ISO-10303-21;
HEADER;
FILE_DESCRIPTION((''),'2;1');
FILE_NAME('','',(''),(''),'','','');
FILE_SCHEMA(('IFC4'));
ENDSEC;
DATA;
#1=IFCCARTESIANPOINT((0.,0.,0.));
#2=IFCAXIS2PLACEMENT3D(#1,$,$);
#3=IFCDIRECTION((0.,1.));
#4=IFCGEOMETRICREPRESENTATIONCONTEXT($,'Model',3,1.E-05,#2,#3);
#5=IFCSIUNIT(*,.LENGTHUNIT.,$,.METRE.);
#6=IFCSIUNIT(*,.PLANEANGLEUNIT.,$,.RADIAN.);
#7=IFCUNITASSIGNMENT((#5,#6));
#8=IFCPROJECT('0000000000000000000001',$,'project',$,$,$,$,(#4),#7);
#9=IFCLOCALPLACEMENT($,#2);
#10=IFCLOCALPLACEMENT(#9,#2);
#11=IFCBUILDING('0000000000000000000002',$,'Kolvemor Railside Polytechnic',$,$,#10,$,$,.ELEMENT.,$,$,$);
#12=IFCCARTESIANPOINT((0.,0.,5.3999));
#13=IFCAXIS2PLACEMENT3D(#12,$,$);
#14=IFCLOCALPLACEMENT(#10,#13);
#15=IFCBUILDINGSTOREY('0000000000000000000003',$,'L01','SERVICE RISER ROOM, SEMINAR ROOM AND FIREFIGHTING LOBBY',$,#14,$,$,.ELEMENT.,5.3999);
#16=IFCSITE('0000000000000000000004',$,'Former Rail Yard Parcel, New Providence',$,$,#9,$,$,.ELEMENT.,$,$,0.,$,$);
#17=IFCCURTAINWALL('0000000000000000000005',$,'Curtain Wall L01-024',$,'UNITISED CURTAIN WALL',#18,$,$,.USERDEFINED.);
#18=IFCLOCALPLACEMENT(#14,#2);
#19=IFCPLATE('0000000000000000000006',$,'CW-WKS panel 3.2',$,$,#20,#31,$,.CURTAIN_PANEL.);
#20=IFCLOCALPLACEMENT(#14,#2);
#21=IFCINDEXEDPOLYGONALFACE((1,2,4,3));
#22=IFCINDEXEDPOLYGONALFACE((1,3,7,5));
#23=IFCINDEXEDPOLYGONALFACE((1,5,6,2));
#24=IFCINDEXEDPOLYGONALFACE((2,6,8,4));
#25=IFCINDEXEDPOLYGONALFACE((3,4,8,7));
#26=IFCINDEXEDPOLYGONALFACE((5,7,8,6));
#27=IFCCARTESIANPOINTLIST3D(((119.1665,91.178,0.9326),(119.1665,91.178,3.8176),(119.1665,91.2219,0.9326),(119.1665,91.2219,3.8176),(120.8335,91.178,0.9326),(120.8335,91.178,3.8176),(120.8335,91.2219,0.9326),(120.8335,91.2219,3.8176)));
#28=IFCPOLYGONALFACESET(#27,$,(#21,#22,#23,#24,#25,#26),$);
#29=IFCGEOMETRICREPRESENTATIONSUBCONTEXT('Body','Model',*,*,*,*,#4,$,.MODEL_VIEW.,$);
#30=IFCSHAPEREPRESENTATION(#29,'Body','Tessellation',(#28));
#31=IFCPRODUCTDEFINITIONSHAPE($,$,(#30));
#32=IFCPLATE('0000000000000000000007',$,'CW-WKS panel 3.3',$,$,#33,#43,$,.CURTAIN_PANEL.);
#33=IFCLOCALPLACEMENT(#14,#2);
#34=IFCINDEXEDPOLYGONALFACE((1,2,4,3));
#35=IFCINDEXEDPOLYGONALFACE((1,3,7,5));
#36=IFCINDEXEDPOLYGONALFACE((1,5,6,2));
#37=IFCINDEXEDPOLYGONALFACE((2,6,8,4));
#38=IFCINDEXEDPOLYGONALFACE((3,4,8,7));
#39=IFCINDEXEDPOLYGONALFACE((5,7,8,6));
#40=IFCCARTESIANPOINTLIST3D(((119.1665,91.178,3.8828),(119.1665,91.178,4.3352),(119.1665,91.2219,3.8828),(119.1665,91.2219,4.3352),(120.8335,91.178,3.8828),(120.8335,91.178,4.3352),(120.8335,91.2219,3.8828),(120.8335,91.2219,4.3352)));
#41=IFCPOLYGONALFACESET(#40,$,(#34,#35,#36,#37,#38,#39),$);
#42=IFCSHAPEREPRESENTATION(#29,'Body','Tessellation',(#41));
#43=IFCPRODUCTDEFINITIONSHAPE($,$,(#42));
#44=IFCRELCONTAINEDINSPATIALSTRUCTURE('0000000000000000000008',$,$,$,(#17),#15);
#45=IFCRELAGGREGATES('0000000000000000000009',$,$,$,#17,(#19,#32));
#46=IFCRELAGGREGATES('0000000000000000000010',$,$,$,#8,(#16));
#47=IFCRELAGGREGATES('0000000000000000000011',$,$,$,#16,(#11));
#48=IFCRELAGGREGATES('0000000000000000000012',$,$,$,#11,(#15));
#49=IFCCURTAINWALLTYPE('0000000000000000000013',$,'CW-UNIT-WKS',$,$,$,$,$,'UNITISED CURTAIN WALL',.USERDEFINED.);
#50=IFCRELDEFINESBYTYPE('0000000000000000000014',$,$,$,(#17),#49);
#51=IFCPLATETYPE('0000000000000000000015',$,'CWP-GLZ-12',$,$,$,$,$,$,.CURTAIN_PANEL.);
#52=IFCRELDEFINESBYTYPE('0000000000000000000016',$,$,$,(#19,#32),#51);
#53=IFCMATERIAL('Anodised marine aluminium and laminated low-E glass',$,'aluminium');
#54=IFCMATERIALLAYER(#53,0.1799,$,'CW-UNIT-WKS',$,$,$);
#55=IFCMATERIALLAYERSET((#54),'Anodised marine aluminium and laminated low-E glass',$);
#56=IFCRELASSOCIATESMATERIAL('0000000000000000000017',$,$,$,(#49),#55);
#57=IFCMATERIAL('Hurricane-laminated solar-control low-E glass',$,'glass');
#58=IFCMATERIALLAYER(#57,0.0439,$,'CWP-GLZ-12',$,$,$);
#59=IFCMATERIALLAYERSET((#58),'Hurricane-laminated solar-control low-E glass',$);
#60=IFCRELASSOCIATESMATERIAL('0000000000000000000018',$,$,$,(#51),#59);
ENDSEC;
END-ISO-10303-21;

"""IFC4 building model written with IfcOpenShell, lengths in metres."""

from ifc_helpers import new_model, si_unit, direction, frame, origin, origin_2d, place, context, subcontext, project, spatial, rectangle, extrude, material, layer, layer_set, type_object, element, aggregate, save


model = new_model("IFC4")

# Units and contexts
model_context = context("Model", 3, precision=1e-05, world=origin(), true_north=direction((0.0, 1.0)))
body_context = subcontext(model_context, "Body", "Model", "MODEL_VIEW")
ifc_project = project(units=[si_unit("LENGTHUNIT", "METRE"), si_unit("PLANEANGLEUNIT", "RADIAN")], contexts=[model_context])

# Site, building, storey
site_placement = place(None, origin())
site = spatial("IfcSite", under=ifc_project, at=site_placement, Name="Former Rail Yard Parcel, New Providence", CompositionType="ELEMENT", RefElevation=0.0)
building_placement = place(site_placement, origin())
building = spatial("IfcBuilding", under=site, at=building_placement, Name="Kolvemor Railside Polytechnic", CompositionType="ELEMENT")
storey_placement = place(building_placement, frame((0.0, 0.0, 5.3999)))
storey = spatial("IfcBuildingStorey", under=building, at=storey_placement, Name="L01", Description="SERVICE RISER ROOM, SEMINAR ROOM AND FIREFIGHTING LOBBY", CompositionType="ELEMENT", Elevation=5.3999)

# Curtain wall, plates
ifc_material_1 = material(Name="Anodised marine aluminium and laminated low-E glass", Category="aluminium")
ifc_layer_1 = layer(ifc_material_1, 0.1799, Name="CW-UNIT-WKS")
ifc_layer_set_1 = layer_set([ifc_layer_1], Name="Anodised marine aluminium and laminated low-E glass")
curtain_wall_type = type_object("IfcCurtainWallType", Name="CW-UNIT-WKS", ElementType="UNITISED CURTAIN WALL", PredefinedType="USERDEFINED", material=ifc_layer_set_1)
curtain_wall_placement = place(storey_placement, origin())
curtain_wall = element("IfcCurtainWall", 1, at=curtain_wall_placement, inside=storey, type_object=curtain_wall_type, Name="Curtain Wall L01-024", ObjectType="UNITISED CURTAIN WALL", PredefinedType="USERDEFINED")
ifc_material_2 = material(Name="Hurricane-laminated solar-control low-E glass", Category="glass")
ifc_layer_2 = layer(ifc_material_2, 0.0439, Name="CWP-GLZ-12")
ifc_layer_set_2 = layer_set([ifc_layer_2], Name="Hurricane-laminated solar-control low-E glass")
plate_type = type_object("IfcPlateType", Name="CWP-GLZ-12", PredefinedType="CURTAIN_PANEL", material=ifc_layer_set_2)
plate_1_placement = place(storey_placement, frame((120.0, 91.2, 0.9326), z_axis=(0.0, 0.0, 1.0), x_axis=(1.0, 0.0, 0.0)))
plate_1 = element("IfcPlate", 2, at=plate_1_placement, type_object=plate_type, Name="CW-WKS panel 3.2", PredefinedType="CURTAIN_PANEL", context=body_context, shape_type="SweptSolid", body=[
    extrude(rectangle(XDim=1.667, YDim=0.0439, at=origin_2d()), origin(), (0.0, 0.0, 1.0), 2.885),
])
plate_2_placement = place(storey_placement, frame((120.0, 91.2, 3.8828), z_axis=(0.0, 0.0, 1.0), x_axis=(1.0, 0.0, 0.0)))
plate_2 = element("IfcPlate", 3, at=plate_2_placement, type_object=plate_type, Name="CW-WKS panel 3.3", PredefinedType="CURTAIN_PANEL", context=body_context, shape_type="SweptSolid", body=[
    extrude(rectangle(XDim=1.667, YDim=0.0439, at=origin_2d()), origin(), (0.0, 0.0, 1.0), 0.4524),
])
aggregate(curtain_wall, [plate_1, plate_2])

save(model, "model.ifc")
